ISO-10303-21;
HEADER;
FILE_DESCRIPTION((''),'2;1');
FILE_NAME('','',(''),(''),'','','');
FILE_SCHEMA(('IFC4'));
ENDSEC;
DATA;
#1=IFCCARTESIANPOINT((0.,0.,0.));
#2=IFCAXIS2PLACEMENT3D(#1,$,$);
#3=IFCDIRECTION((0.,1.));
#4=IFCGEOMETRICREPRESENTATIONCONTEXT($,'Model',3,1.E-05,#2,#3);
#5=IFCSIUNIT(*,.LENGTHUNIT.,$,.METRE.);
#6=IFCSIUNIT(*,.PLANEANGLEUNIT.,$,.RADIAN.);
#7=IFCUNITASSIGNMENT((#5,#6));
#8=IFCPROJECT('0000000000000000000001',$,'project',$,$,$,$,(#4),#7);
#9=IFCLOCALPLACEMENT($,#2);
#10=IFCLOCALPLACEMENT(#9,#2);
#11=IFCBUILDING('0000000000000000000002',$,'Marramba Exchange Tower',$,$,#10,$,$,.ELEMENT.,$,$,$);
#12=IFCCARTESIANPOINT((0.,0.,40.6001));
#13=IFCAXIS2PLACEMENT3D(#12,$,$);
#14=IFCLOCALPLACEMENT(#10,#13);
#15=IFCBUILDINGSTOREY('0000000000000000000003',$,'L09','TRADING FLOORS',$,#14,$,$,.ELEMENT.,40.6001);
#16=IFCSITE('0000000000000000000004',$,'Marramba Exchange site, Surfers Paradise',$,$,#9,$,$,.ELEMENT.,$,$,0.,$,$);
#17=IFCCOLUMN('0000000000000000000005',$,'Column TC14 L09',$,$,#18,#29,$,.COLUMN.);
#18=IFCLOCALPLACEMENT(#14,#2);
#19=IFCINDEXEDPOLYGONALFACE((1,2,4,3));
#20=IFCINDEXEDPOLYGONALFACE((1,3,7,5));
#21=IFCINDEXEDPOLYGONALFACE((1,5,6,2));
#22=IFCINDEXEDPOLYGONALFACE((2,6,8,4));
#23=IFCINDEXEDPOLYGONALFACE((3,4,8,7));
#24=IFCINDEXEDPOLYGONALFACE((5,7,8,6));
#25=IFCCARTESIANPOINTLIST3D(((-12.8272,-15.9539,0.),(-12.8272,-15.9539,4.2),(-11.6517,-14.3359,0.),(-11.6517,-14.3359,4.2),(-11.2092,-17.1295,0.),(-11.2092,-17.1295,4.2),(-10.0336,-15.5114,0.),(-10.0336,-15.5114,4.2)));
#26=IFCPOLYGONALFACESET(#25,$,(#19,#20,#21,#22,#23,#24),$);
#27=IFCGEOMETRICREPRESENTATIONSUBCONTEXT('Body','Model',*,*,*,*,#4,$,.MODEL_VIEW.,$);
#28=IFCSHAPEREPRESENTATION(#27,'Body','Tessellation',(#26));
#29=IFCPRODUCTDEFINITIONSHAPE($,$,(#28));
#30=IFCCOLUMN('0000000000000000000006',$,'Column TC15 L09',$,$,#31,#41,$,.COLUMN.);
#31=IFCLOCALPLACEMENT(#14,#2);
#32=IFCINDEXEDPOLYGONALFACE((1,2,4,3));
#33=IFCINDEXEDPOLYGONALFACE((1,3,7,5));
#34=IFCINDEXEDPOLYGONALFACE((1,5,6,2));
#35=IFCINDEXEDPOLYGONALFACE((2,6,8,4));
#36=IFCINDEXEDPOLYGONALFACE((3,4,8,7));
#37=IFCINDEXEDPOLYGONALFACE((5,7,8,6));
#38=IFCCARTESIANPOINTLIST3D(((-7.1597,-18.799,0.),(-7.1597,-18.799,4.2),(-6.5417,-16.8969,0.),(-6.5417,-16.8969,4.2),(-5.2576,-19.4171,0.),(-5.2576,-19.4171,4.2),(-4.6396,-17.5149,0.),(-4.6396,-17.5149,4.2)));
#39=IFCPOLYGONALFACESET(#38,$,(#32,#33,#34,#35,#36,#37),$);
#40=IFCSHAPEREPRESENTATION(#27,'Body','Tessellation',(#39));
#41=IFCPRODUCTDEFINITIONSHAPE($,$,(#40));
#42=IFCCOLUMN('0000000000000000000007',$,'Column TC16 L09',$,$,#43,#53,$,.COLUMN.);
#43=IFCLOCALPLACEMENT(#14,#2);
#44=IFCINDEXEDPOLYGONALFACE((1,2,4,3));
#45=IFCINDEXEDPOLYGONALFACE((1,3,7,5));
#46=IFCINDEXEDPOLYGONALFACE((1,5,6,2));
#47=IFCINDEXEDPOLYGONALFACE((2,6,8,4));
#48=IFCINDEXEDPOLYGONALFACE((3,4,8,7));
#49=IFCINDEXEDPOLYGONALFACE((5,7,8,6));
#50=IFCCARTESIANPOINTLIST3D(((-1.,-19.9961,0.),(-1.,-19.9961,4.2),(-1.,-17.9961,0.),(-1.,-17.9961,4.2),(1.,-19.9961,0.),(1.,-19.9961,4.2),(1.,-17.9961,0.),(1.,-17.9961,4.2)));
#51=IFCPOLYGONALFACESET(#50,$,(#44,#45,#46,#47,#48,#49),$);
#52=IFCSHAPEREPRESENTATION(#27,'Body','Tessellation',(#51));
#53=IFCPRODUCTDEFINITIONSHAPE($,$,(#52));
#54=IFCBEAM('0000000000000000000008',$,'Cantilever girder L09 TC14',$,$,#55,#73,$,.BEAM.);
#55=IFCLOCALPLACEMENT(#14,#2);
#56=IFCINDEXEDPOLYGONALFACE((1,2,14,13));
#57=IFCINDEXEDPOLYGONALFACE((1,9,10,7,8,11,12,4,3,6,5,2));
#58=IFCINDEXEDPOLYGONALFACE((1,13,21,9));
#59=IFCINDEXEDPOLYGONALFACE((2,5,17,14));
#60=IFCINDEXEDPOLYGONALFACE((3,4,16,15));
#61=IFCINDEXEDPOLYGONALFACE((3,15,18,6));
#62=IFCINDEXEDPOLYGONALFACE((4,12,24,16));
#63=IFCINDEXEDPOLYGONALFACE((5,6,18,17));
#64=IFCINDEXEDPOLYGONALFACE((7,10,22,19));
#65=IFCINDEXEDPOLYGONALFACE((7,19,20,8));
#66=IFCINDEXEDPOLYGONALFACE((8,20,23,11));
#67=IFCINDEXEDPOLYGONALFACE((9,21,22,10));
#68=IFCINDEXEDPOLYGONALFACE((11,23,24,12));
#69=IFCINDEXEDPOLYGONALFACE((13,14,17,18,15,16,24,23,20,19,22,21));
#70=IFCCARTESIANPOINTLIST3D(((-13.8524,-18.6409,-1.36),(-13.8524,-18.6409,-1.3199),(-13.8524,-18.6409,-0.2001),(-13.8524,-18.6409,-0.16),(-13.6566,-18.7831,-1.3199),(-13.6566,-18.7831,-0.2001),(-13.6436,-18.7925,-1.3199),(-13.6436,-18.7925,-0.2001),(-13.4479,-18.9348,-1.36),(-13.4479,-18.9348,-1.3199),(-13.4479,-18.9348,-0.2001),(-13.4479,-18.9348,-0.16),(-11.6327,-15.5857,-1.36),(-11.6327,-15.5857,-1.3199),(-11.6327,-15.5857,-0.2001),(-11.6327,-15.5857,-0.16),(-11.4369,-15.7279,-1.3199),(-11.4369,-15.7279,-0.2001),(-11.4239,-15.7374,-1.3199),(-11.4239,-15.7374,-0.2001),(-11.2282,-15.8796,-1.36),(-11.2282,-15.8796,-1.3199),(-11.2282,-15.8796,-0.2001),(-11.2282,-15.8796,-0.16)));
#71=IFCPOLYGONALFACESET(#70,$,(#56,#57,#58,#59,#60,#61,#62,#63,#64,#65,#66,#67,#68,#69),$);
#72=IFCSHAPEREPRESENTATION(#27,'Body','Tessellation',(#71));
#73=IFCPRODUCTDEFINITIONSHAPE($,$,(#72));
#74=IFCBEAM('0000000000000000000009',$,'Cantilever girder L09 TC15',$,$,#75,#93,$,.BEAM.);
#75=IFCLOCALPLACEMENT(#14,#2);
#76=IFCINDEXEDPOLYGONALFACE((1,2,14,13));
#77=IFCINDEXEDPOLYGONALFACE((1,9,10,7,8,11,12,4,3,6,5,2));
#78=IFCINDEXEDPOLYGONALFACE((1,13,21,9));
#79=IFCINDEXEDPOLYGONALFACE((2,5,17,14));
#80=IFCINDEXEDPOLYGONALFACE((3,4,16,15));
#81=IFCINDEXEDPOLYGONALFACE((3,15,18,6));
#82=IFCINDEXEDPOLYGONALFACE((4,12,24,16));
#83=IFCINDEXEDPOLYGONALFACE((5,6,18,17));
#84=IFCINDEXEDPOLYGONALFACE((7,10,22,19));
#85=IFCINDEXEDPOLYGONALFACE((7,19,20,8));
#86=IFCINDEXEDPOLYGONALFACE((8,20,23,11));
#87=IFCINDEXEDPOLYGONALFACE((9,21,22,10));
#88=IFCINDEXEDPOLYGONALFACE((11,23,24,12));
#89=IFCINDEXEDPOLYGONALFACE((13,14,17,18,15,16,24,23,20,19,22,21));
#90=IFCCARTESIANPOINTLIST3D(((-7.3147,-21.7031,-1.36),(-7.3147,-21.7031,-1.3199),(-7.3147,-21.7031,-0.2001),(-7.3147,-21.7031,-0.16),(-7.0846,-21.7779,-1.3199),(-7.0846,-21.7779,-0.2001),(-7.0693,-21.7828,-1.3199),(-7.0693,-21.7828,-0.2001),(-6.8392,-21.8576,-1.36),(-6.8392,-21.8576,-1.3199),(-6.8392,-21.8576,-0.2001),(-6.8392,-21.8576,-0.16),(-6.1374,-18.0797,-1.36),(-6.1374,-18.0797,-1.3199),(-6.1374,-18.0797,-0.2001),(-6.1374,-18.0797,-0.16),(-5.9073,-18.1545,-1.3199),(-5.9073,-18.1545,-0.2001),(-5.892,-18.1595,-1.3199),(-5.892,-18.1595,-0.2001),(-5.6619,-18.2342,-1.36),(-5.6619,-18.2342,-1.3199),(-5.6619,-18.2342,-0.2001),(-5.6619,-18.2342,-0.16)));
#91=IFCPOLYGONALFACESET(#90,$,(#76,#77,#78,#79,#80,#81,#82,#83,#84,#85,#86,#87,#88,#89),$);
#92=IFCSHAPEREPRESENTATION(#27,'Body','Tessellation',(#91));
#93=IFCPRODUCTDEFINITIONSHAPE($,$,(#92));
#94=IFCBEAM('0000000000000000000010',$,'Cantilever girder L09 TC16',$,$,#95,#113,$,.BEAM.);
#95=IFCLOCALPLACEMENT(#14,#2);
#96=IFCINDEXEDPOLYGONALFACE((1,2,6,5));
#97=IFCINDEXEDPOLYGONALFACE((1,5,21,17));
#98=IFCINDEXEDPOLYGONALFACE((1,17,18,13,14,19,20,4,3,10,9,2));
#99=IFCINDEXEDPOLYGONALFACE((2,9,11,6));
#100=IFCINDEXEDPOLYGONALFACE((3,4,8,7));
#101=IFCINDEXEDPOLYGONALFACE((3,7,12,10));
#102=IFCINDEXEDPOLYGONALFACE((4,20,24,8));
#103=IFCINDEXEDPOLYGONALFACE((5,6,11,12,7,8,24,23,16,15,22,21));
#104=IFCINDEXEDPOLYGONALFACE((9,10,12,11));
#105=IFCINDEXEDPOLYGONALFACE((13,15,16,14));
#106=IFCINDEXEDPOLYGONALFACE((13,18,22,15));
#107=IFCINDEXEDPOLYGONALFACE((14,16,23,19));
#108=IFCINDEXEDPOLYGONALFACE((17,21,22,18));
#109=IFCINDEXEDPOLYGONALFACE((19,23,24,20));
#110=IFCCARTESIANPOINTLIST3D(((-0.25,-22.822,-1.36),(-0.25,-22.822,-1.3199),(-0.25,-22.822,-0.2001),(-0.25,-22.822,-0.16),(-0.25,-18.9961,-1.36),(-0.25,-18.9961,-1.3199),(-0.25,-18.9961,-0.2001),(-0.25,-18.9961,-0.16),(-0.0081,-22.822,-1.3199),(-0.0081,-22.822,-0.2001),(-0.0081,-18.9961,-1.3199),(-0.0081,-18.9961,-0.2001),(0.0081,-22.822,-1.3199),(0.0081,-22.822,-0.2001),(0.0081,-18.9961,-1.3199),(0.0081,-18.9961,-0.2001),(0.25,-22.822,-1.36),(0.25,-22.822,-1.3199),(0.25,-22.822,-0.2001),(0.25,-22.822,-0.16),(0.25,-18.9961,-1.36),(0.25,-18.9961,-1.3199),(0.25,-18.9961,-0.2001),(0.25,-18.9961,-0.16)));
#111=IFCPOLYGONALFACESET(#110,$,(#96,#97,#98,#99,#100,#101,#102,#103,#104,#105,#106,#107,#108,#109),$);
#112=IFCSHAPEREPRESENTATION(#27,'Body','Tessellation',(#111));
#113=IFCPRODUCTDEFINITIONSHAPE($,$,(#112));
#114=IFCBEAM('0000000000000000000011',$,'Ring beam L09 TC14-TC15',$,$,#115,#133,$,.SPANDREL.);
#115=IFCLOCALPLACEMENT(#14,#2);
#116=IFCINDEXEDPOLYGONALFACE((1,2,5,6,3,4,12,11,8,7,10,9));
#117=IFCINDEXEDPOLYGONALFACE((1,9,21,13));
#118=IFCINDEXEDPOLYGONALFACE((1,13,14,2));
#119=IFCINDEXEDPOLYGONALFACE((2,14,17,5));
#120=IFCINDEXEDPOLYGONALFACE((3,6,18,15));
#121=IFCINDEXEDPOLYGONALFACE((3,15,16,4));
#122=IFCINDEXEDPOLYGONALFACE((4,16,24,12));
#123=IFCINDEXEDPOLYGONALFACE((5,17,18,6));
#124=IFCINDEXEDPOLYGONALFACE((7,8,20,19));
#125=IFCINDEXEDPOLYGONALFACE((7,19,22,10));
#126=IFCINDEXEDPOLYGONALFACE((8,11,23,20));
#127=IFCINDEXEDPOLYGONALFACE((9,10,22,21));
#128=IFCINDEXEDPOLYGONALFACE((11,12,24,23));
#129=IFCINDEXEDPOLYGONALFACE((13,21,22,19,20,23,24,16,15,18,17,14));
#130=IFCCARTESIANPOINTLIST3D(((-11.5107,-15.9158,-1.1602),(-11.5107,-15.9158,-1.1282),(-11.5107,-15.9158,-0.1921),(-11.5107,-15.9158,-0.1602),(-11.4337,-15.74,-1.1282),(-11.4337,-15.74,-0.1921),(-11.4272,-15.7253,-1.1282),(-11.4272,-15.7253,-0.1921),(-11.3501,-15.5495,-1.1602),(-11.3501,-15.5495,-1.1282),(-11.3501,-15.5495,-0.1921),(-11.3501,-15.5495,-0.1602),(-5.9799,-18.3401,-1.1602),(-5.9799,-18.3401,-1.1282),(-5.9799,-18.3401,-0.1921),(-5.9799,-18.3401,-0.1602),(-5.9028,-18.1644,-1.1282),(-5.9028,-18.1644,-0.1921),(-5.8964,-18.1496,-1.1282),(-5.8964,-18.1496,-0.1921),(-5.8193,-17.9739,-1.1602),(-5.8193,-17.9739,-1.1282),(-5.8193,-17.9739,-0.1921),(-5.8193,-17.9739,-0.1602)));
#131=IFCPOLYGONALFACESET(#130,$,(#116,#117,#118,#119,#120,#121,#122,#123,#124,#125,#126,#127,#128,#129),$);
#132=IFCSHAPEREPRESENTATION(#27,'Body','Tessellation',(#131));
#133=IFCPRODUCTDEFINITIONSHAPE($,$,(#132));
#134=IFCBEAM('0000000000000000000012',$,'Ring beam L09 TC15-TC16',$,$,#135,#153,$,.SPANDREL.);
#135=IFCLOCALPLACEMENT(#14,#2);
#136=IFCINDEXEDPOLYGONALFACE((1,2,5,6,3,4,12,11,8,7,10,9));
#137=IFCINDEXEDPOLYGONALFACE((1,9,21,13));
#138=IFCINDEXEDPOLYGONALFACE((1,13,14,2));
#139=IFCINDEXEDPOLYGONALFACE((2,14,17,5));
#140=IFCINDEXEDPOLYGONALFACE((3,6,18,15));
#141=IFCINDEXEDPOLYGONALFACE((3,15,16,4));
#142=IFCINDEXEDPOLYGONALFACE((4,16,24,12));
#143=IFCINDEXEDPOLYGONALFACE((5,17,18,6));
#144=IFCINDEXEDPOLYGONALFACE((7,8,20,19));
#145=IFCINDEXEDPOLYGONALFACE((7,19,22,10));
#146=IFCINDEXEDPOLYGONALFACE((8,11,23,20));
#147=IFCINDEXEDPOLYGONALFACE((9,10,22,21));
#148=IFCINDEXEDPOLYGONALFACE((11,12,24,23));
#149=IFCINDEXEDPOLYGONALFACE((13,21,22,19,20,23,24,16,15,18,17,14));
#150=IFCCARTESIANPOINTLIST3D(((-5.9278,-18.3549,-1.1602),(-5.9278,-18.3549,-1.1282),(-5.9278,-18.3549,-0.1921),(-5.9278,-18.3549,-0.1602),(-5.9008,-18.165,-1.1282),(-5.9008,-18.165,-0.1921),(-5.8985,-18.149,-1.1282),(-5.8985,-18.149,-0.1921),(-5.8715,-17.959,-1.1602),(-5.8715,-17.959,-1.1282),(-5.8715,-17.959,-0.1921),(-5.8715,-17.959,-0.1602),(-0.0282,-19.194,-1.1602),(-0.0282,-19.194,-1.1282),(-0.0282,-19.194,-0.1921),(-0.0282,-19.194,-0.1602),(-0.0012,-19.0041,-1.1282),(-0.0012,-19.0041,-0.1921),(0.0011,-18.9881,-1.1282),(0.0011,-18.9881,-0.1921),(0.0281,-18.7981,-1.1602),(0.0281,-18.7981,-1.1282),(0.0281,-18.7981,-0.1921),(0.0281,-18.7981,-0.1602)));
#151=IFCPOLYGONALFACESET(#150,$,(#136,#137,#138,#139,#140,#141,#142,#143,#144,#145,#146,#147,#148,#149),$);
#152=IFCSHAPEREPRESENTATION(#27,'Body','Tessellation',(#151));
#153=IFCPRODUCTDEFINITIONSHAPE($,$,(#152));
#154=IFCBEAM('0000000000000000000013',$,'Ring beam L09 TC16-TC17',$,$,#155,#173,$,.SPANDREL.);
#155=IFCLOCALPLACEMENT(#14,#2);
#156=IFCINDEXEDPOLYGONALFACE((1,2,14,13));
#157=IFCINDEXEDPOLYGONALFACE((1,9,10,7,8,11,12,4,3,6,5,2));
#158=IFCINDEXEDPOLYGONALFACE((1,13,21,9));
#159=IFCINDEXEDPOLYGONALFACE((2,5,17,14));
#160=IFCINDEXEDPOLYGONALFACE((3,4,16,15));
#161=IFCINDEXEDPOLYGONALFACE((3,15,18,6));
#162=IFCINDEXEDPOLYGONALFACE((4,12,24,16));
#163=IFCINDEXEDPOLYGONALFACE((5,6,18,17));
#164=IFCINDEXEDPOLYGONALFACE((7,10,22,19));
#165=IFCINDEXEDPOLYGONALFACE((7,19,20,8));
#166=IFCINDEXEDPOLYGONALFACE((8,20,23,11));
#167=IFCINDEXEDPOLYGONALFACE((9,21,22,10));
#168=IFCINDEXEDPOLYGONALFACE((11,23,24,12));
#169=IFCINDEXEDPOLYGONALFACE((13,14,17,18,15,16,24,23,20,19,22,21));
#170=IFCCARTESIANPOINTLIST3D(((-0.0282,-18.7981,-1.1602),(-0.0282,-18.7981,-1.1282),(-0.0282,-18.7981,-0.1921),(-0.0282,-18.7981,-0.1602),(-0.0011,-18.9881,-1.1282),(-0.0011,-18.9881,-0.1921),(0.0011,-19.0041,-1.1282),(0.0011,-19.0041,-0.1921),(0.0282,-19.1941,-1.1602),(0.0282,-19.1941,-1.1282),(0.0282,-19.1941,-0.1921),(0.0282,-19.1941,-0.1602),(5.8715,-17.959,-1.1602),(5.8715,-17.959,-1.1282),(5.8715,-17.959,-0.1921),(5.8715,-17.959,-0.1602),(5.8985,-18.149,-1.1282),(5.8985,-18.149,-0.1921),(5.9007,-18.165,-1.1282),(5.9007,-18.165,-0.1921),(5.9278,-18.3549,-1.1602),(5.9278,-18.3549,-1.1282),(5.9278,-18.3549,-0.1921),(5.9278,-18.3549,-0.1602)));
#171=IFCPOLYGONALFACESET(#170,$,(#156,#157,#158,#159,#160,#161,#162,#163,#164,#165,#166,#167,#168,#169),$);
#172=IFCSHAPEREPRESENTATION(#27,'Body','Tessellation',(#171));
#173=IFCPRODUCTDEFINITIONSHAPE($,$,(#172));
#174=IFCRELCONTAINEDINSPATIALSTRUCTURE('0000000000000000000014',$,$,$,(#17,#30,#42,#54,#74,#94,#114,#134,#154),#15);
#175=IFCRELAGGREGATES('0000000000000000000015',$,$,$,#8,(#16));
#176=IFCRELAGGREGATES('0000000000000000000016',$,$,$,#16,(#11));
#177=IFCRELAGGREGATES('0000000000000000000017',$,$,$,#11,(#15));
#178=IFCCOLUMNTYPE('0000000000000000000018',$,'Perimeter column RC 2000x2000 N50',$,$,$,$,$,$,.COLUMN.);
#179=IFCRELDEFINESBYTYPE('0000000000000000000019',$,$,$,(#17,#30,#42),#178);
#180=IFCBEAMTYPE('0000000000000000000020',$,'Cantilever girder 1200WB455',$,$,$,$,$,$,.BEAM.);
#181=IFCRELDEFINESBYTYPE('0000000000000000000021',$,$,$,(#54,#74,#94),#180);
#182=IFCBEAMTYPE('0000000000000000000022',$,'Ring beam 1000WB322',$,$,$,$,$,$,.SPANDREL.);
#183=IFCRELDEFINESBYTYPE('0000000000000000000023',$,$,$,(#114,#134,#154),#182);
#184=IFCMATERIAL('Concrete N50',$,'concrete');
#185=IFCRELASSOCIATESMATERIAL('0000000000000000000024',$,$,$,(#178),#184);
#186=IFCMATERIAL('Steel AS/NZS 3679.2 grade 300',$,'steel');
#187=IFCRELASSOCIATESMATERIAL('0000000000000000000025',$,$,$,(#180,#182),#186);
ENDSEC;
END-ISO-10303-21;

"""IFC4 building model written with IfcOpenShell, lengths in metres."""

from ifc_helpers import new_model, si_unit, direction, frame, origin, origin_2d, place, context, subcontext, project, spatial, rectangle, i_section, extrude, material, material_profile, profile_set, type_object, element, save


model = new_model("IFC4")

# Units and contexts
model_context = context("Model", 3, precision=1e-05, world=origin(), true_north=direction((0.0, 1.0)))
body_context = subcontext(model_context, "Body", "Model", "MODEL_VIEW")
ifc_project = project(units=[si_unit("LENGTHUNIT", "METRE"), si_unit("PLANEANGLEUNIT", "RADIAN")], contexts=[model_context])

# Site, building, storey
site_placement = place(None, origin())
site = spatial("IfcSite", under=ifc_project, at=site_placement, Name="Marramba Exchange site, Surfers Paradise", CompositionType="ELEMENT", RefElevation=0.0)
building_placement = place(site_placement, origin())
building = spatial("IfcBuilding", under=site, at=building_placement, Name="Marramba Exchange Tower", CompositionType="ELEMENT")
storey_placement = place(building_placement, frame((0.0, 0.0, 40.6001)))
storey = spatial("IfcBuildingStorey", under=building, at=storey_placement, Name="L09", Description="TRADING FLOORS", CompositionType="ELEMENT", Elevation=40.6001)

# Columns
ifc_material_1 = material(Name="Concrete N50", Category="concrete")
ifc_material_profile_1 = material_profile(ifc_material_1, rectangle(XDim=2.0, YDim=2.0, at=origin_2d()), Name="RC 2000x2000")
ifc_profile_set_1 = profile_set([ifc_material_profile_1], Name="Concrete N50")
column_type = type_object("IfcColumnType", Name="Perimeter column RC 2000x2000 N50", PredefinedType="COLUMN", material=ifc_profile_set_1)
for number, where, z_axis, x_axis, name in (
    (1, (-11.4304, -15.7327, 0.0), (0.0, 0.0, 1.0), (-0.587785, -0.809017, 0.0), "Column TC14 L09"),
    (2, (-5.8997, -18.157, 0.0), (0.0, 0.0, 1.0), (-0.309017, -0.951057, 0.0), "Column TC15 L09"),
    (3, (0.0, -18.9961, 0.0), (0.0, 0.0, 1.0), (0.0, -1.0, 0.0), "Column TC16 L09"),
):
    element("IfcColumn", number, at=place(storey_placement, frame(where, z_axis=z_axis, x_axis=x_axis)), inside=storey, type_object=column_type, Name=name, PredefinedType="COLUMN", context=body_context, shape_type="SweptSolid", body=[
        extrude(rectangle(XDim=2.0, YDim=2.0, at=origin_2d()), origin(), (0.0, 0.0, 1.0), 4.2),
    ])

# Beams
ifc_material_2 = material(Name="Steel AS/NZS 3679.2 grade 300", Category="steel")
ifc_material_profile_2 = material_profile(ifc_material_2, i_section(OverallWidth=0.5, OverallDepth=1.2, WebThickness=0.0161, FlangeThickness=0.04, at=origin_2d()), Name="1200WB455")
ifc_profile_set_2 = profile_set([ifc_material_profile_2], Name="Steel AS/NZS 3679.2 grade 300")
beam_type_1 = type_object("IfcBeamType", Name="Cantilever girder 1200WB455", PredefinedType="BEAM", material=ifc_profile_set_2)
beam_1_placement = place(storey_placement, frame((-11.4304, -15.7327, -0.76), z_axis=(-0.587787, -0.809016, 0.0), x_axis=(0.809016, -0.587787, 0.0)))
element("IfcBeam", 4, at=beam_1_placement, inside=storey, type_object=beam_type_1, Name="Cantilever girder L09 TC14", PredefinedType="BEAM", context=body_context, shape_type="SweptSolid", body=[
    extrude(i_section(OverallWidth=0.5, OverallDepth=1.2, WebThickness=0.0161, FlangeThickness=0.04, at=origin_2d()), origin(), (0.0, 0.0, 1.0), 3.7764),
])
beam_2_placement = place(storey_placement, frame((-5.8997, -18.157, -0.76), z_axis=(-0.309009, -0.951059, 0.0), x_axis=(0.951059, -0.309009, 0.0)))
element("IfcBeam", 5, at=beam_2_placement, inside=storey, type_object=beam_type_1, Name="Cantilever girder L09 TC15", PredefinedType="BEAM", context=body_context, shape_type="SweptSolid", body=[
    extrude(i_section(OverallWidth=0.5, OverallDepth=1.2, WebThickness=0.0161, FlangeThickness=0.04, at=origin_2d()), origin(), (0.0, 0.0, 1.0), 3.8098),
])
beam_3_placement = place(storey_placement, frame((0.0, -18.9961, -0.76), z_axis=(0.0, -1.0, 0.0), x_axis=(1.0, 0.0, 0.0)))
element("IfcBeam", 6, at=beam_3_placement, inside=storey, type_object=beam_type_1, Name="Cantilever girder L09 TC16", PredefinedType="BEAM", context=body_context, shape_type="SweptSolid", body=[
    extrude(i_section(OverallWidth=0.5, OverallDepth=1.2, WebThickness=0.0161, FlangeThickness=0.04, at=origin_2d()), origin(), (0.0, 0.0, 1.0), 3.8259),
])
ifc_material_profile_3 = material_profile(ifc_material_2, i_section(OverallWidth=0.3999, OverallDepth=1.0, WebThickness=0.0161, FlangeThickness=0.032, at=origin_2d()), Name="1000WB322")
ifc_profile_set_3 = profile_set([ifc_material_profile_3], Name="Steel AS/NZS 3679.2 grade 300")
beam_type_2 = type_object("IfcBeamType", Name="Ring beam 1000WB322", PredefinedType="SPANDREL", material=ifc_profile_set_3)
beam_4_placement = place(storey_placement, frame((-11.4304, -15.7327, -0.6602), z_axis=(0.915877, -0.401459, 0.0), x_axis=(0.401459, 0.915877, 0.0)))
element("IfcBeam", 7, at=beam_4_placement, inside=storey, type_object=beam_type_2, Name="Ring beam L09 TC14-TC15", PredefinedType="SPANDREL", context=body_context, shape_type="SweptSolid", body=[
    extrude(i_section(OverallWidth=0.3999, OverallDepth=1.0, WebThickness=0.0161, FlangeThickness=0.032, at=origin_2d()), origin(), (0.0, 0.0, 1.0), 6.0388),
])
for number, where, z_axis, x_axis, name in (
    (8, (-5.8997, -18.157, -0.6602), (0.990036, -0.140813, 0.0), (0.140813, 0.990036, 0.0), "Ring beam L09 TC15-TC16"),
    (9, (0.0, -18.9961, -0.6602), (0.990036, 0.140813, 0.0), (-0.140813, 0.990036, 0.0), "Ring beam L09 TC16-TC17"),
):
    element("IfcBeam", number, at=place(storey_placement, frame(where, z_axis=z_axis, x_axis=x_axis)), inside=storey, type_object=beam_type_2, Name=name, PredefinedType="SPANDREL", context=body_context, shape_type="SweptSolid", body=[
        extrude(i_section(OverallWidth=0.3999, OverallDepth=1.0, WebThickness=0.0161, FlangeThickness=0.032, at=origin_2d()), origin(), (0.0, 0.0, 1.0), 5.959),
    ])

save(model, "model.ifc")
